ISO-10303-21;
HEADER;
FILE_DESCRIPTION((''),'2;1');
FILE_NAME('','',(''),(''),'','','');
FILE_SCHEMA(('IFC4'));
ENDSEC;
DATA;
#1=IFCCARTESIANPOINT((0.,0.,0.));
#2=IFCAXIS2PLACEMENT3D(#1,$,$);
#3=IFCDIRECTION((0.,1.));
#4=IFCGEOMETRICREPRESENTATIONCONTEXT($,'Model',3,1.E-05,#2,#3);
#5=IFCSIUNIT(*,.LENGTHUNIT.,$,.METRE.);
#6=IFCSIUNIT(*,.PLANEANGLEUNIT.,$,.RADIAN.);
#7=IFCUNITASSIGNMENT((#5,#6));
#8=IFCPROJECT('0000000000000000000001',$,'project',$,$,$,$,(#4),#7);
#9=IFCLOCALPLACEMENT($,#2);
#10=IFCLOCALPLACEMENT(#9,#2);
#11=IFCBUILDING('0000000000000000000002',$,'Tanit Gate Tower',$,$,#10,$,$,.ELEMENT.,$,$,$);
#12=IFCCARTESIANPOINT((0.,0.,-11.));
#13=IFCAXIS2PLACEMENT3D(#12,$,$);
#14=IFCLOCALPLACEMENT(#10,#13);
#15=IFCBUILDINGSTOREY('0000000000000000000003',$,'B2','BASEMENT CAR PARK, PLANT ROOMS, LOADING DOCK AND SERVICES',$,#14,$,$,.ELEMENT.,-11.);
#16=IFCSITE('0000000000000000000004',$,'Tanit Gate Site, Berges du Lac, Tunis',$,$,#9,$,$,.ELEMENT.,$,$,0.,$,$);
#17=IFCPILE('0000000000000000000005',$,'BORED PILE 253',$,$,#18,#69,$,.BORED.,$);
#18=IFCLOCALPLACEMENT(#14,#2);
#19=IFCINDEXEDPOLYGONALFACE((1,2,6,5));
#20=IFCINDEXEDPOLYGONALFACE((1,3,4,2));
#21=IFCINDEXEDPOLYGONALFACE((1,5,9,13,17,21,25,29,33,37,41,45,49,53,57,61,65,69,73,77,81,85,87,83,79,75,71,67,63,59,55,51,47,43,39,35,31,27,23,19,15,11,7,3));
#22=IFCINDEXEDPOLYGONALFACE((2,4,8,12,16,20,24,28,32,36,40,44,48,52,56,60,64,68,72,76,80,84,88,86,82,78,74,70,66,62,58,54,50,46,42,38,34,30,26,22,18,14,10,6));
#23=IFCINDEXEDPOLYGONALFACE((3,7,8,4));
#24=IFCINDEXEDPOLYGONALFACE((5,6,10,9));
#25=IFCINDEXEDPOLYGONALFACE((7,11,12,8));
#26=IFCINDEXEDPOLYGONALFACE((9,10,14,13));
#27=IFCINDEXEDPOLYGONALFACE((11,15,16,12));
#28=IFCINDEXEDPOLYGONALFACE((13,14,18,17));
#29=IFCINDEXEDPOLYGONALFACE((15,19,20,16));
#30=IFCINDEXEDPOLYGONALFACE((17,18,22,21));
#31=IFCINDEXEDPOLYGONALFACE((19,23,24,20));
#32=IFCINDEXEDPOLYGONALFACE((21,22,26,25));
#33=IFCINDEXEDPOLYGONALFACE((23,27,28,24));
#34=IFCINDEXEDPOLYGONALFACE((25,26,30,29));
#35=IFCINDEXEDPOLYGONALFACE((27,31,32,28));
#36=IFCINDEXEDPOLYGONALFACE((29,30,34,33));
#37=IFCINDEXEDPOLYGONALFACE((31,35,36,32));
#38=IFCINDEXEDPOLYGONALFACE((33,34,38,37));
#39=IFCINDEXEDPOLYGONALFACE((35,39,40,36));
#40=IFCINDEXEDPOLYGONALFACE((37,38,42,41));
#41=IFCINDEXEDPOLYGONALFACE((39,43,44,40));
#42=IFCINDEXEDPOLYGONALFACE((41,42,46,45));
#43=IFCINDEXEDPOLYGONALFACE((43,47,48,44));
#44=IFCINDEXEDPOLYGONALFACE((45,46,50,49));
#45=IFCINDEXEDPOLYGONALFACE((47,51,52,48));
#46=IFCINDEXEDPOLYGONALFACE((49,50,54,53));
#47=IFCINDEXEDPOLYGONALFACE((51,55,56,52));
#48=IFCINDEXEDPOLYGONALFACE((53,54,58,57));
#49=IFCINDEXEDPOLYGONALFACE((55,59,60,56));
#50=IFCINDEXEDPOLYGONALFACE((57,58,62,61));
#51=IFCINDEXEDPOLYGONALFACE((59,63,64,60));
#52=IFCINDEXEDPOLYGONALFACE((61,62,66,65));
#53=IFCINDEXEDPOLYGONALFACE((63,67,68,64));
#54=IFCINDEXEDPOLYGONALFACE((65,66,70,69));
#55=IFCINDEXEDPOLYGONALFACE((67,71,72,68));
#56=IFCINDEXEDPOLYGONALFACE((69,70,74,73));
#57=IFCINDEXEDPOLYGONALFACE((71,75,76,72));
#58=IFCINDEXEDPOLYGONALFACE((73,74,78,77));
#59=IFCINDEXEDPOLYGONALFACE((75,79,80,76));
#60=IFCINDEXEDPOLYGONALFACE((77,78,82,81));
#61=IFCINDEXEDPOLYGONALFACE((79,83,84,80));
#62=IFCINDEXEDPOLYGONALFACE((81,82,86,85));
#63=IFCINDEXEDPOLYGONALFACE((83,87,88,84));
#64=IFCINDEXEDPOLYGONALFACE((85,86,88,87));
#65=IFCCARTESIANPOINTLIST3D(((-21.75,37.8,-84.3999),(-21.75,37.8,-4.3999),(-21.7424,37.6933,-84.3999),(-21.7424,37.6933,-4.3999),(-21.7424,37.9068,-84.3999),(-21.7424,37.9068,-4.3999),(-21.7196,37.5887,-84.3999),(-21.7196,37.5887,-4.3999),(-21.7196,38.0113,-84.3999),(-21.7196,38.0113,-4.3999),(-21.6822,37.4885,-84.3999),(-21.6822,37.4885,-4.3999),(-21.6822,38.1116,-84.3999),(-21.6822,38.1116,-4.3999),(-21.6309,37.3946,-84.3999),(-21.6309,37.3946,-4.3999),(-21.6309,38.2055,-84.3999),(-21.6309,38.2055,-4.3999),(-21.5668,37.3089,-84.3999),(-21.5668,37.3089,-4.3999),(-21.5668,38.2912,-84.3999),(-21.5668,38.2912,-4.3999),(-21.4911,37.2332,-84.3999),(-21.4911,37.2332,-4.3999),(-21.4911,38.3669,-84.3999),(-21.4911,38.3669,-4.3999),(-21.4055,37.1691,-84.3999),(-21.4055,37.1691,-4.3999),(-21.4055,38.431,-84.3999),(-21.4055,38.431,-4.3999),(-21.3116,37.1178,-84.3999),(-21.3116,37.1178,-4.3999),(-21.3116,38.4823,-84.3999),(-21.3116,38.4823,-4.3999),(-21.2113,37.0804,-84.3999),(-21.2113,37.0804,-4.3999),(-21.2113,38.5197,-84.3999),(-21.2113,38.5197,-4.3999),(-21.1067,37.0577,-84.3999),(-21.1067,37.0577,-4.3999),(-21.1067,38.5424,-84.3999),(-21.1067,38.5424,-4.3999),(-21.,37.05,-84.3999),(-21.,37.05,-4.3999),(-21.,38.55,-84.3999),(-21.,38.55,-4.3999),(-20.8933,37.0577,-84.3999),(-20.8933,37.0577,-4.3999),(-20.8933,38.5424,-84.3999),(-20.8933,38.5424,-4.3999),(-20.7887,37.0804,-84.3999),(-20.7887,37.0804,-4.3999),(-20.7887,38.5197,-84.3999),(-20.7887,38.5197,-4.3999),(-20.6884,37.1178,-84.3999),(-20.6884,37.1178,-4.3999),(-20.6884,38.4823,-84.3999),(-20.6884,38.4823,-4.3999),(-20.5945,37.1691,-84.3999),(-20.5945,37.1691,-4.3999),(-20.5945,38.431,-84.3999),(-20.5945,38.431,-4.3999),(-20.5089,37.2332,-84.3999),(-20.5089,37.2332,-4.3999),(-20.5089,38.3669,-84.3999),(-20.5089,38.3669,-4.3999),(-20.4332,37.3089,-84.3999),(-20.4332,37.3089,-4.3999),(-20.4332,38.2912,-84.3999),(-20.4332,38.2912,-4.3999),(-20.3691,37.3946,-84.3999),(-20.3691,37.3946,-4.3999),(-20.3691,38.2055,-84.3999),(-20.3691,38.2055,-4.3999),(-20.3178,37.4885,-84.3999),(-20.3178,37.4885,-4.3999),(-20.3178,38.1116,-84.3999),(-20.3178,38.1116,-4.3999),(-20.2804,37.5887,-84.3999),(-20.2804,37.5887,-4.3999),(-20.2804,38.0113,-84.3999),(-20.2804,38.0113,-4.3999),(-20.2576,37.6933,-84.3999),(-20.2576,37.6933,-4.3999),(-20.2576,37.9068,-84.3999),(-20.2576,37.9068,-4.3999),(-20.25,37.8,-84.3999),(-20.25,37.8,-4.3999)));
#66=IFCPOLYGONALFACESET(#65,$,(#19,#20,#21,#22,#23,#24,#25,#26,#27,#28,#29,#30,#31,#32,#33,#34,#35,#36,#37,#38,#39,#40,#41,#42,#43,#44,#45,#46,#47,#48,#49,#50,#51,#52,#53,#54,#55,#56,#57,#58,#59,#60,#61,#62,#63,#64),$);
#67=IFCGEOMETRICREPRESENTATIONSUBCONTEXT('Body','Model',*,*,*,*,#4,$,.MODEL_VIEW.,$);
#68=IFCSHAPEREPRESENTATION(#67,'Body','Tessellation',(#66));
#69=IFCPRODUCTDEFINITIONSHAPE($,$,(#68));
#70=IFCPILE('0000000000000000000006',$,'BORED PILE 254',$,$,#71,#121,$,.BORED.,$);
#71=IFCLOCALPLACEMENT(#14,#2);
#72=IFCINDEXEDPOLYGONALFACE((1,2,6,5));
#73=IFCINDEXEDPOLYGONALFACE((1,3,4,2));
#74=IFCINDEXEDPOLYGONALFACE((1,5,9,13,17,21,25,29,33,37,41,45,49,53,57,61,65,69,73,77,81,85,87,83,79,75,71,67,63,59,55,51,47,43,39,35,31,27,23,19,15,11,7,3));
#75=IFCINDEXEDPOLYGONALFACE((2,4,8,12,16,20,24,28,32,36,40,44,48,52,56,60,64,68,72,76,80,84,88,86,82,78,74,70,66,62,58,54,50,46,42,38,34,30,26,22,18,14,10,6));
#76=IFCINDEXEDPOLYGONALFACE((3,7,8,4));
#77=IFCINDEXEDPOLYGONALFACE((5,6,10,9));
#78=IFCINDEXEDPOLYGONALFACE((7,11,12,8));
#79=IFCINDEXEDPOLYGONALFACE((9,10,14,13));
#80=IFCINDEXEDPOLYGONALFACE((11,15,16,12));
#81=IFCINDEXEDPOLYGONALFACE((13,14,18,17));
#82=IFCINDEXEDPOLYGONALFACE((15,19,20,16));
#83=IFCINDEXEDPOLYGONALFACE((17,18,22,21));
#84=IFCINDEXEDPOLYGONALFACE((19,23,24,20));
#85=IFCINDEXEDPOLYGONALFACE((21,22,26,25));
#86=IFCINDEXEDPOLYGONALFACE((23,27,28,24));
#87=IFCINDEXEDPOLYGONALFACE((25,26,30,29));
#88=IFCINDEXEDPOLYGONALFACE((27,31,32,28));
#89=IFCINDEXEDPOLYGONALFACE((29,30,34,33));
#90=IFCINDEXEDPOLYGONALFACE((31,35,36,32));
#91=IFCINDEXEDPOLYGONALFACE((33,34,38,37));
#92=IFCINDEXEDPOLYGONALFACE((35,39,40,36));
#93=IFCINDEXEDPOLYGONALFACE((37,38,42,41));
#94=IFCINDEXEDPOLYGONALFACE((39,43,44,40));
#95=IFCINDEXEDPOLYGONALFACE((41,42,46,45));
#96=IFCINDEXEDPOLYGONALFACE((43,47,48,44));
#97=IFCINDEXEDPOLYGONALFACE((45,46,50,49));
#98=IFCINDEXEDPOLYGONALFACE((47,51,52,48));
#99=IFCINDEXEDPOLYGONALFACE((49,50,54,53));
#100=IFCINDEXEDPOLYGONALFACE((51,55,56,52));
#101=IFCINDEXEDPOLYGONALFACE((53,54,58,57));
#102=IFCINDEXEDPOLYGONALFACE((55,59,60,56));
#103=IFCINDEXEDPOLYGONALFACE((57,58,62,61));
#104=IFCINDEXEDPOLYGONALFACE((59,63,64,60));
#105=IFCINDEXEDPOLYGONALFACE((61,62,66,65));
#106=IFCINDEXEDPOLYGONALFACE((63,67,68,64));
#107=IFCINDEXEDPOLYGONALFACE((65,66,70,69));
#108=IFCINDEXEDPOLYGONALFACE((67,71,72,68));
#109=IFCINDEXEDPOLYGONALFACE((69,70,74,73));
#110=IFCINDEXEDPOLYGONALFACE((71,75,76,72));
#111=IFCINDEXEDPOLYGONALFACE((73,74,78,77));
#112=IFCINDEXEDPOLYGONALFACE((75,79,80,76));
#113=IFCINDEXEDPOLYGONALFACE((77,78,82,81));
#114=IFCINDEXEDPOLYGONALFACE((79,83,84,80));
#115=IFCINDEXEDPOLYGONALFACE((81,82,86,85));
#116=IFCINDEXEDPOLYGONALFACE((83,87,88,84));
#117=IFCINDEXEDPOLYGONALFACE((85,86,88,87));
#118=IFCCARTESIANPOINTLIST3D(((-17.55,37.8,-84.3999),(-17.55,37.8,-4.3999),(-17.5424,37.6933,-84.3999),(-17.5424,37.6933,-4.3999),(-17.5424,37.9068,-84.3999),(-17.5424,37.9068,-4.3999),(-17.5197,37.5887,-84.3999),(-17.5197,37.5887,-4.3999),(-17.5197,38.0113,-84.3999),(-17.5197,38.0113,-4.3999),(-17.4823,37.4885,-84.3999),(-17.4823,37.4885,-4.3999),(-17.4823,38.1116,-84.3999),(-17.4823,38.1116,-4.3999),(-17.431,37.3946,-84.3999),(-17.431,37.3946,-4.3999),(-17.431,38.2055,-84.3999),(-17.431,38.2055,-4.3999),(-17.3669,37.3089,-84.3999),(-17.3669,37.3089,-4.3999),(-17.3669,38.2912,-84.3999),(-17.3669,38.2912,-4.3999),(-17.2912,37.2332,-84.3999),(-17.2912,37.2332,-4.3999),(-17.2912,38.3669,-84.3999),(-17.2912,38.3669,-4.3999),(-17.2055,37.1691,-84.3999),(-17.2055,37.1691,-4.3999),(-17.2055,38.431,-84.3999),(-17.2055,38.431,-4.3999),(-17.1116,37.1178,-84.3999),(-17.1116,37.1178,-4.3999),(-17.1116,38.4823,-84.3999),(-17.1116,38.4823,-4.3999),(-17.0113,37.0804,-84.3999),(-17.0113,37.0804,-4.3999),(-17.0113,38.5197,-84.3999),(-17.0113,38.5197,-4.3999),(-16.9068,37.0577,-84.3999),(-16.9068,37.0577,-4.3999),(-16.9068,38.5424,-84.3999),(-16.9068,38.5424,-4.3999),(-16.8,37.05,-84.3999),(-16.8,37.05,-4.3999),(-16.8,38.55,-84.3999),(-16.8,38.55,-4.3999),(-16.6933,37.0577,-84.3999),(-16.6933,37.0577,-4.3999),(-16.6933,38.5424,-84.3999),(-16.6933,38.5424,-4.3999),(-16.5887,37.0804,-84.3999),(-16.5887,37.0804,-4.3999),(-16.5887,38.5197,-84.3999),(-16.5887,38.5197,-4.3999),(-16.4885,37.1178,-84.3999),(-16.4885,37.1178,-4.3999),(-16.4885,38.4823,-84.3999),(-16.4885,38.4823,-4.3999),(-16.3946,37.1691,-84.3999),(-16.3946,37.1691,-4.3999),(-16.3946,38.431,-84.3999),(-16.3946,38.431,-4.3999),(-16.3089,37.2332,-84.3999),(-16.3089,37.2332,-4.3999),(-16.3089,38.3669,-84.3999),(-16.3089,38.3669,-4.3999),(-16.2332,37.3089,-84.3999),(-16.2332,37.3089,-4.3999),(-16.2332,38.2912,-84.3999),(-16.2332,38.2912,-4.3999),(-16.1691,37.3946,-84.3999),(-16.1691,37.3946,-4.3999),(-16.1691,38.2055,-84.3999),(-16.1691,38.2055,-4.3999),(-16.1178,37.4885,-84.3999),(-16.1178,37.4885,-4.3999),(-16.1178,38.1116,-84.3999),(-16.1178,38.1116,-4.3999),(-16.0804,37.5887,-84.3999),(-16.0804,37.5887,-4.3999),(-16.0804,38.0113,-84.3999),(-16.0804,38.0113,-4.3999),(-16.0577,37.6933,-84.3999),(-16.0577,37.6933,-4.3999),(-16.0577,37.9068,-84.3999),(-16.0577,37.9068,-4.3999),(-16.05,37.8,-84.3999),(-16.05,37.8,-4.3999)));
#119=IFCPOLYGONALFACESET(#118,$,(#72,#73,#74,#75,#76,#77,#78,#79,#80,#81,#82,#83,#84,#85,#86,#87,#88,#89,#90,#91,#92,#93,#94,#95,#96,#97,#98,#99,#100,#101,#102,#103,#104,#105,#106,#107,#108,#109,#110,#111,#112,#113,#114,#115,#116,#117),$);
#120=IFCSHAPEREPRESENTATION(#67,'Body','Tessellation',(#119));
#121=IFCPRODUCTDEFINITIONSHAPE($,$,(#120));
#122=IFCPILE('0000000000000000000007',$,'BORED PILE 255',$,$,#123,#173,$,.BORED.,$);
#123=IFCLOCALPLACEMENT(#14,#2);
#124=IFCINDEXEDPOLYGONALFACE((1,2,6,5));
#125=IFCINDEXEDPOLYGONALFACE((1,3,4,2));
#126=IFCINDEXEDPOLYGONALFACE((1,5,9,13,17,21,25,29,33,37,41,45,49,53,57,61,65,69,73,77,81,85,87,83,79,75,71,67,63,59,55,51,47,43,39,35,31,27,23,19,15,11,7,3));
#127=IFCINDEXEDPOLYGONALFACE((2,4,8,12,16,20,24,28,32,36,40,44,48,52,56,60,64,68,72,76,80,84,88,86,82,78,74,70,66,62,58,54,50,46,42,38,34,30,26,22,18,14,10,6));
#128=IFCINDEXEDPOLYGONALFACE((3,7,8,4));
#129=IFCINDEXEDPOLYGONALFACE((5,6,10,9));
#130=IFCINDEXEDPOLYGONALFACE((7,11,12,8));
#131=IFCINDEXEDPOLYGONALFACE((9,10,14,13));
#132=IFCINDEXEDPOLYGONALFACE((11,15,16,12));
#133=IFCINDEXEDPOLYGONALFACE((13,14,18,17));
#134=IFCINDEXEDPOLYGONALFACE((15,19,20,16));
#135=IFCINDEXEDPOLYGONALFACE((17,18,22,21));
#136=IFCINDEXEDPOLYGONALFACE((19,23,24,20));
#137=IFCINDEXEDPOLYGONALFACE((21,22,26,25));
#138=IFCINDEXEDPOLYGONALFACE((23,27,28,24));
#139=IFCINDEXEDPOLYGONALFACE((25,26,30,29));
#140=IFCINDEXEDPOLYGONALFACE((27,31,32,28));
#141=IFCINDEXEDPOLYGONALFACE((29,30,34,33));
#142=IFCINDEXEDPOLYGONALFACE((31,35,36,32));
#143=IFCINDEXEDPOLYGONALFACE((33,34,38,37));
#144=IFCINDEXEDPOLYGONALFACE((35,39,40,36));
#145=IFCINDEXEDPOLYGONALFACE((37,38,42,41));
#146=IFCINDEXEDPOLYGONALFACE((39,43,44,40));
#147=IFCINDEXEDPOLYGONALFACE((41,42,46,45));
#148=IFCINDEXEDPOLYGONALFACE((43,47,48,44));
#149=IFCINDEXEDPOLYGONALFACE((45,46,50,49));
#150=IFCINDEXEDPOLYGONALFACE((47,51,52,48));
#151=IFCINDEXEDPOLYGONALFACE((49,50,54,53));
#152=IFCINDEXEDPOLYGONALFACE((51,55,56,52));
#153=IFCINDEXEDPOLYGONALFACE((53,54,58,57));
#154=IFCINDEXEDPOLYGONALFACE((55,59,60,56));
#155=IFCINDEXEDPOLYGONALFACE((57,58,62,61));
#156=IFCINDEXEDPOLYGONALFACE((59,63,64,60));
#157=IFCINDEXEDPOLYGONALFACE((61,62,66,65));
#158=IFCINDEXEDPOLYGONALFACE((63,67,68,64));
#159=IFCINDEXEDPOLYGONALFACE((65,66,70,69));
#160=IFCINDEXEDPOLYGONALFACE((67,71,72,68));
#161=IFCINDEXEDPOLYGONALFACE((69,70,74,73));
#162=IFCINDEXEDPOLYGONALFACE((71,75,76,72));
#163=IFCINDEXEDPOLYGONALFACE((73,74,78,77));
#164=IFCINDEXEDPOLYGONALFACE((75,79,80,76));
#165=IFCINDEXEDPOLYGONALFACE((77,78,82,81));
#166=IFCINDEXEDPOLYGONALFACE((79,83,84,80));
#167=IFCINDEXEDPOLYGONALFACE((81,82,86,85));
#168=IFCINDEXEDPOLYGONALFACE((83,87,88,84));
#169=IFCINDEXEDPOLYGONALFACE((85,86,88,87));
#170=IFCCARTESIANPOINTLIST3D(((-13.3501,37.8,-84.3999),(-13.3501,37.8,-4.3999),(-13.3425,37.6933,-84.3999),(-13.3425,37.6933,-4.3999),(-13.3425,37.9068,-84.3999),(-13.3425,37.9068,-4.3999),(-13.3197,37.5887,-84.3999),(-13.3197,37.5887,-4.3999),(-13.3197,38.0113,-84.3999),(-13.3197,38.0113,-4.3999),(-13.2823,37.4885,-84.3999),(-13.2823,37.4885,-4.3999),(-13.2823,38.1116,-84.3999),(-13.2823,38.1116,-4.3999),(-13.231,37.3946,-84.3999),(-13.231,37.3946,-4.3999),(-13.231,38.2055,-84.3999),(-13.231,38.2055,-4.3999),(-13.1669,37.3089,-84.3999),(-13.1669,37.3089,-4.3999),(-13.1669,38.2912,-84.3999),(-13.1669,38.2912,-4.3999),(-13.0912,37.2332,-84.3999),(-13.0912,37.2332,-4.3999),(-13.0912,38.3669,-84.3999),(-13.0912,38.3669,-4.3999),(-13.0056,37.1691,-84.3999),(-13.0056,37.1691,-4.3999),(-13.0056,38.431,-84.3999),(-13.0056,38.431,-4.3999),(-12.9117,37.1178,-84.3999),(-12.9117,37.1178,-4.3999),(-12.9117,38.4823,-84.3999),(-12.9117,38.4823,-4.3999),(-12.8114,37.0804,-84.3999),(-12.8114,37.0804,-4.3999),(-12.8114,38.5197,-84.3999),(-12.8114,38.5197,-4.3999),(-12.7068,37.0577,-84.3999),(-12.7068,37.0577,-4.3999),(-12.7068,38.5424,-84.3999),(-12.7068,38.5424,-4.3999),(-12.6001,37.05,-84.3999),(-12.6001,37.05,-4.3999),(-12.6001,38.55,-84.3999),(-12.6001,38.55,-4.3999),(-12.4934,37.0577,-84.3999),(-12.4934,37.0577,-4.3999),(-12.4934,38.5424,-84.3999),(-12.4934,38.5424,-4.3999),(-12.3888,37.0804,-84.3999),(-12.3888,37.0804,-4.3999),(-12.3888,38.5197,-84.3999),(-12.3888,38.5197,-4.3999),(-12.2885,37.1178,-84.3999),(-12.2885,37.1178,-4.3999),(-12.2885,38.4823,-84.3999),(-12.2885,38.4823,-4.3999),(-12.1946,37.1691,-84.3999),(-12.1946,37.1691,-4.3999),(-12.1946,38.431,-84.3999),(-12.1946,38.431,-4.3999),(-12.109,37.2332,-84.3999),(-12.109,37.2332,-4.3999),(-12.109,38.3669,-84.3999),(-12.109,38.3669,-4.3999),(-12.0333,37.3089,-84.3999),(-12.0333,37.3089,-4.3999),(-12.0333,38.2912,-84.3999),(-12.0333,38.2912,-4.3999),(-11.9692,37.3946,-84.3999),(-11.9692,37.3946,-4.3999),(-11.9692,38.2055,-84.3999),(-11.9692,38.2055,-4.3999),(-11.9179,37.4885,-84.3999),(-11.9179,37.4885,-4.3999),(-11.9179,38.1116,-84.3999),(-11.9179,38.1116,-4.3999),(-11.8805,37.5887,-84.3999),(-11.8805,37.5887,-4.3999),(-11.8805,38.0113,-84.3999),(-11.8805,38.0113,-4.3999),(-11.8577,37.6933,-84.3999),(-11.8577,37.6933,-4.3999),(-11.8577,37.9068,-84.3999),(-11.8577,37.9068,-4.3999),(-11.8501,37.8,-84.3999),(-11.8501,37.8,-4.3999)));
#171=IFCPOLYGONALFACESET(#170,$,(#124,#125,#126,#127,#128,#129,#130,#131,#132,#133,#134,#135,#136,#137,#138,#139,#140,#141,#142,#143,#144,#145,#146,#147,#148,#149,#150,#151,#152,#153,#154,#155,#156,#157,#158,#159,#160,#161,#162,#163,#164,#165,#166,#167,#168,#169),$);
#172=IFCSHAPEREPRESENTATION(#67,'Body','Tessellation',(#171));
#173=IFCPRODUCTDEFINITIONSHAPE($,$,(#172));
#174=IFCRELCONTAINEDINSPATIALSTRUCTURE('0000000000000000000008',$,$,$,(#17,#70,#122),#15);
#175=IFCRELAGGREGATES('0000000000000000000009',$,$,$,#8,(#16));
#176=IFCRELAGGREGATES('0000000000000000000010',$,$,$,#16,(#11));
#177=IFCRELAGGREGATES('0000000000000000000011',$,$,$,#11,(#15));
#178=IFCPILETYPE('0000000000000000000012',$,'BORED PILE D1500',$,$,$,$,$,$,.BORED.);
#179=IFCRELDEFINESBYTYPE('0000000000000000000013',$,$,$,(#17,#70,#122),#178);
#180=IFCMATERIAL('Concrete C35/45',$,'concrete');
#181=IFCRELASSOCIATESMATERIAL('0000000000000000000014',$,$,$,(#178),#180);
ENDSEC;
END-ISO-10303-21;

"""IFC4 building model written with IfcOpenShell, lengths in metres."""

from ifc_helpers import new_model, si_unit, direction, frame, origin, origin_2d, place, context, subcontext, project, spatial, circle, extrude, material, material_profile, profile_set, type_object, element, save


model = new_model("IFC4")

# Units and contexts
model_context = context("Model", 3, precision=1e-05, world=origin(), true_north=direction((0.0, 1.0)))
body_context = subcontext(model_context, "Body", "Model", "MODEL_VIEW")
ifc_project = project(units=[si_unit("LENGTHUNIT", "METRE"), si_unit("PLANEANGLEUNIT", "RADIAN")], contexts=[model_context])

# Site, building, storey
site_placement = place(None, origin())
site = spatial("IfcSite", under=ifc_project, at=site_placement, Name="Tanit Gate Site, Berges du Lac, Tunis", CompositionType="ELEMENT", RefElevation=0.0)
building_placement = place(site_placement, origin())
building = spatial("IfcBuilding", under=site, at=building_placement, Name="Tanit Gate Tower", CompositionType="ELEMENT")
storey_placement = place(building_placement, frame((0.0, 0.0, -11.0)))
storey = spatial("IfcBuildingStorey", under=building, at=storey_placement, Name="B2", Description="BASEMENT CAR PARK, PLANT ROOMS, LOADING DOCK AND SERVICES", CompositionType="ELEMENT", Elevation=-11.0)

# Piles
ifc_material_1 = material(Name="Concrete C35/45", Category="concrete")
ifc_material_profile_1 = material_profile(ifc_material_1, circle(Radius=0.75, at=origin_2d()), Name="BORED PILE D1500 C35/45")
ifc_profile_set_1 = profile_set([ifc_material_profile_1], Name="Concrete C35/45")
pile_type = type_object("IfcPileType", Name="BORED PILE D1500", PredefinedType="BORED", material=ifc_profile_set_1)
for number, where, z_axis, x_axis, name in (
    (1, (-21.0, 37.8, -4.3999), (0.0, 0.0, -1.0), (1.0, 0.0, 0.0), "BORED PILE 253"),
    (2, (-16.8, 37.8, -4.3999), (0.0, 0.0, -1.0), (1.0, 0.0, 0.0), "BORED PILE 254"),
    (3, (-12.6001, 37.8, -4.3999), (0.0, 0.0, -1.0), (1.0, 0.0, 0.0), "BORED PILE 255"),
):
    element("IfcPile", number, at=place(storey_placement, frame(where, z_axis=z_axis, x_axis=x_axis)), inside=storey, type_object=pile_type, Name=name, PredefinedType="BORED", context=body_context, shape_type="SweptSolid", body=[
        extrude(circle(Radius=0.75, at=origin_2d()), origin(), (0.0, 0.0, 1.0), 80.0),
    ])

save(model, "model.ifc")
